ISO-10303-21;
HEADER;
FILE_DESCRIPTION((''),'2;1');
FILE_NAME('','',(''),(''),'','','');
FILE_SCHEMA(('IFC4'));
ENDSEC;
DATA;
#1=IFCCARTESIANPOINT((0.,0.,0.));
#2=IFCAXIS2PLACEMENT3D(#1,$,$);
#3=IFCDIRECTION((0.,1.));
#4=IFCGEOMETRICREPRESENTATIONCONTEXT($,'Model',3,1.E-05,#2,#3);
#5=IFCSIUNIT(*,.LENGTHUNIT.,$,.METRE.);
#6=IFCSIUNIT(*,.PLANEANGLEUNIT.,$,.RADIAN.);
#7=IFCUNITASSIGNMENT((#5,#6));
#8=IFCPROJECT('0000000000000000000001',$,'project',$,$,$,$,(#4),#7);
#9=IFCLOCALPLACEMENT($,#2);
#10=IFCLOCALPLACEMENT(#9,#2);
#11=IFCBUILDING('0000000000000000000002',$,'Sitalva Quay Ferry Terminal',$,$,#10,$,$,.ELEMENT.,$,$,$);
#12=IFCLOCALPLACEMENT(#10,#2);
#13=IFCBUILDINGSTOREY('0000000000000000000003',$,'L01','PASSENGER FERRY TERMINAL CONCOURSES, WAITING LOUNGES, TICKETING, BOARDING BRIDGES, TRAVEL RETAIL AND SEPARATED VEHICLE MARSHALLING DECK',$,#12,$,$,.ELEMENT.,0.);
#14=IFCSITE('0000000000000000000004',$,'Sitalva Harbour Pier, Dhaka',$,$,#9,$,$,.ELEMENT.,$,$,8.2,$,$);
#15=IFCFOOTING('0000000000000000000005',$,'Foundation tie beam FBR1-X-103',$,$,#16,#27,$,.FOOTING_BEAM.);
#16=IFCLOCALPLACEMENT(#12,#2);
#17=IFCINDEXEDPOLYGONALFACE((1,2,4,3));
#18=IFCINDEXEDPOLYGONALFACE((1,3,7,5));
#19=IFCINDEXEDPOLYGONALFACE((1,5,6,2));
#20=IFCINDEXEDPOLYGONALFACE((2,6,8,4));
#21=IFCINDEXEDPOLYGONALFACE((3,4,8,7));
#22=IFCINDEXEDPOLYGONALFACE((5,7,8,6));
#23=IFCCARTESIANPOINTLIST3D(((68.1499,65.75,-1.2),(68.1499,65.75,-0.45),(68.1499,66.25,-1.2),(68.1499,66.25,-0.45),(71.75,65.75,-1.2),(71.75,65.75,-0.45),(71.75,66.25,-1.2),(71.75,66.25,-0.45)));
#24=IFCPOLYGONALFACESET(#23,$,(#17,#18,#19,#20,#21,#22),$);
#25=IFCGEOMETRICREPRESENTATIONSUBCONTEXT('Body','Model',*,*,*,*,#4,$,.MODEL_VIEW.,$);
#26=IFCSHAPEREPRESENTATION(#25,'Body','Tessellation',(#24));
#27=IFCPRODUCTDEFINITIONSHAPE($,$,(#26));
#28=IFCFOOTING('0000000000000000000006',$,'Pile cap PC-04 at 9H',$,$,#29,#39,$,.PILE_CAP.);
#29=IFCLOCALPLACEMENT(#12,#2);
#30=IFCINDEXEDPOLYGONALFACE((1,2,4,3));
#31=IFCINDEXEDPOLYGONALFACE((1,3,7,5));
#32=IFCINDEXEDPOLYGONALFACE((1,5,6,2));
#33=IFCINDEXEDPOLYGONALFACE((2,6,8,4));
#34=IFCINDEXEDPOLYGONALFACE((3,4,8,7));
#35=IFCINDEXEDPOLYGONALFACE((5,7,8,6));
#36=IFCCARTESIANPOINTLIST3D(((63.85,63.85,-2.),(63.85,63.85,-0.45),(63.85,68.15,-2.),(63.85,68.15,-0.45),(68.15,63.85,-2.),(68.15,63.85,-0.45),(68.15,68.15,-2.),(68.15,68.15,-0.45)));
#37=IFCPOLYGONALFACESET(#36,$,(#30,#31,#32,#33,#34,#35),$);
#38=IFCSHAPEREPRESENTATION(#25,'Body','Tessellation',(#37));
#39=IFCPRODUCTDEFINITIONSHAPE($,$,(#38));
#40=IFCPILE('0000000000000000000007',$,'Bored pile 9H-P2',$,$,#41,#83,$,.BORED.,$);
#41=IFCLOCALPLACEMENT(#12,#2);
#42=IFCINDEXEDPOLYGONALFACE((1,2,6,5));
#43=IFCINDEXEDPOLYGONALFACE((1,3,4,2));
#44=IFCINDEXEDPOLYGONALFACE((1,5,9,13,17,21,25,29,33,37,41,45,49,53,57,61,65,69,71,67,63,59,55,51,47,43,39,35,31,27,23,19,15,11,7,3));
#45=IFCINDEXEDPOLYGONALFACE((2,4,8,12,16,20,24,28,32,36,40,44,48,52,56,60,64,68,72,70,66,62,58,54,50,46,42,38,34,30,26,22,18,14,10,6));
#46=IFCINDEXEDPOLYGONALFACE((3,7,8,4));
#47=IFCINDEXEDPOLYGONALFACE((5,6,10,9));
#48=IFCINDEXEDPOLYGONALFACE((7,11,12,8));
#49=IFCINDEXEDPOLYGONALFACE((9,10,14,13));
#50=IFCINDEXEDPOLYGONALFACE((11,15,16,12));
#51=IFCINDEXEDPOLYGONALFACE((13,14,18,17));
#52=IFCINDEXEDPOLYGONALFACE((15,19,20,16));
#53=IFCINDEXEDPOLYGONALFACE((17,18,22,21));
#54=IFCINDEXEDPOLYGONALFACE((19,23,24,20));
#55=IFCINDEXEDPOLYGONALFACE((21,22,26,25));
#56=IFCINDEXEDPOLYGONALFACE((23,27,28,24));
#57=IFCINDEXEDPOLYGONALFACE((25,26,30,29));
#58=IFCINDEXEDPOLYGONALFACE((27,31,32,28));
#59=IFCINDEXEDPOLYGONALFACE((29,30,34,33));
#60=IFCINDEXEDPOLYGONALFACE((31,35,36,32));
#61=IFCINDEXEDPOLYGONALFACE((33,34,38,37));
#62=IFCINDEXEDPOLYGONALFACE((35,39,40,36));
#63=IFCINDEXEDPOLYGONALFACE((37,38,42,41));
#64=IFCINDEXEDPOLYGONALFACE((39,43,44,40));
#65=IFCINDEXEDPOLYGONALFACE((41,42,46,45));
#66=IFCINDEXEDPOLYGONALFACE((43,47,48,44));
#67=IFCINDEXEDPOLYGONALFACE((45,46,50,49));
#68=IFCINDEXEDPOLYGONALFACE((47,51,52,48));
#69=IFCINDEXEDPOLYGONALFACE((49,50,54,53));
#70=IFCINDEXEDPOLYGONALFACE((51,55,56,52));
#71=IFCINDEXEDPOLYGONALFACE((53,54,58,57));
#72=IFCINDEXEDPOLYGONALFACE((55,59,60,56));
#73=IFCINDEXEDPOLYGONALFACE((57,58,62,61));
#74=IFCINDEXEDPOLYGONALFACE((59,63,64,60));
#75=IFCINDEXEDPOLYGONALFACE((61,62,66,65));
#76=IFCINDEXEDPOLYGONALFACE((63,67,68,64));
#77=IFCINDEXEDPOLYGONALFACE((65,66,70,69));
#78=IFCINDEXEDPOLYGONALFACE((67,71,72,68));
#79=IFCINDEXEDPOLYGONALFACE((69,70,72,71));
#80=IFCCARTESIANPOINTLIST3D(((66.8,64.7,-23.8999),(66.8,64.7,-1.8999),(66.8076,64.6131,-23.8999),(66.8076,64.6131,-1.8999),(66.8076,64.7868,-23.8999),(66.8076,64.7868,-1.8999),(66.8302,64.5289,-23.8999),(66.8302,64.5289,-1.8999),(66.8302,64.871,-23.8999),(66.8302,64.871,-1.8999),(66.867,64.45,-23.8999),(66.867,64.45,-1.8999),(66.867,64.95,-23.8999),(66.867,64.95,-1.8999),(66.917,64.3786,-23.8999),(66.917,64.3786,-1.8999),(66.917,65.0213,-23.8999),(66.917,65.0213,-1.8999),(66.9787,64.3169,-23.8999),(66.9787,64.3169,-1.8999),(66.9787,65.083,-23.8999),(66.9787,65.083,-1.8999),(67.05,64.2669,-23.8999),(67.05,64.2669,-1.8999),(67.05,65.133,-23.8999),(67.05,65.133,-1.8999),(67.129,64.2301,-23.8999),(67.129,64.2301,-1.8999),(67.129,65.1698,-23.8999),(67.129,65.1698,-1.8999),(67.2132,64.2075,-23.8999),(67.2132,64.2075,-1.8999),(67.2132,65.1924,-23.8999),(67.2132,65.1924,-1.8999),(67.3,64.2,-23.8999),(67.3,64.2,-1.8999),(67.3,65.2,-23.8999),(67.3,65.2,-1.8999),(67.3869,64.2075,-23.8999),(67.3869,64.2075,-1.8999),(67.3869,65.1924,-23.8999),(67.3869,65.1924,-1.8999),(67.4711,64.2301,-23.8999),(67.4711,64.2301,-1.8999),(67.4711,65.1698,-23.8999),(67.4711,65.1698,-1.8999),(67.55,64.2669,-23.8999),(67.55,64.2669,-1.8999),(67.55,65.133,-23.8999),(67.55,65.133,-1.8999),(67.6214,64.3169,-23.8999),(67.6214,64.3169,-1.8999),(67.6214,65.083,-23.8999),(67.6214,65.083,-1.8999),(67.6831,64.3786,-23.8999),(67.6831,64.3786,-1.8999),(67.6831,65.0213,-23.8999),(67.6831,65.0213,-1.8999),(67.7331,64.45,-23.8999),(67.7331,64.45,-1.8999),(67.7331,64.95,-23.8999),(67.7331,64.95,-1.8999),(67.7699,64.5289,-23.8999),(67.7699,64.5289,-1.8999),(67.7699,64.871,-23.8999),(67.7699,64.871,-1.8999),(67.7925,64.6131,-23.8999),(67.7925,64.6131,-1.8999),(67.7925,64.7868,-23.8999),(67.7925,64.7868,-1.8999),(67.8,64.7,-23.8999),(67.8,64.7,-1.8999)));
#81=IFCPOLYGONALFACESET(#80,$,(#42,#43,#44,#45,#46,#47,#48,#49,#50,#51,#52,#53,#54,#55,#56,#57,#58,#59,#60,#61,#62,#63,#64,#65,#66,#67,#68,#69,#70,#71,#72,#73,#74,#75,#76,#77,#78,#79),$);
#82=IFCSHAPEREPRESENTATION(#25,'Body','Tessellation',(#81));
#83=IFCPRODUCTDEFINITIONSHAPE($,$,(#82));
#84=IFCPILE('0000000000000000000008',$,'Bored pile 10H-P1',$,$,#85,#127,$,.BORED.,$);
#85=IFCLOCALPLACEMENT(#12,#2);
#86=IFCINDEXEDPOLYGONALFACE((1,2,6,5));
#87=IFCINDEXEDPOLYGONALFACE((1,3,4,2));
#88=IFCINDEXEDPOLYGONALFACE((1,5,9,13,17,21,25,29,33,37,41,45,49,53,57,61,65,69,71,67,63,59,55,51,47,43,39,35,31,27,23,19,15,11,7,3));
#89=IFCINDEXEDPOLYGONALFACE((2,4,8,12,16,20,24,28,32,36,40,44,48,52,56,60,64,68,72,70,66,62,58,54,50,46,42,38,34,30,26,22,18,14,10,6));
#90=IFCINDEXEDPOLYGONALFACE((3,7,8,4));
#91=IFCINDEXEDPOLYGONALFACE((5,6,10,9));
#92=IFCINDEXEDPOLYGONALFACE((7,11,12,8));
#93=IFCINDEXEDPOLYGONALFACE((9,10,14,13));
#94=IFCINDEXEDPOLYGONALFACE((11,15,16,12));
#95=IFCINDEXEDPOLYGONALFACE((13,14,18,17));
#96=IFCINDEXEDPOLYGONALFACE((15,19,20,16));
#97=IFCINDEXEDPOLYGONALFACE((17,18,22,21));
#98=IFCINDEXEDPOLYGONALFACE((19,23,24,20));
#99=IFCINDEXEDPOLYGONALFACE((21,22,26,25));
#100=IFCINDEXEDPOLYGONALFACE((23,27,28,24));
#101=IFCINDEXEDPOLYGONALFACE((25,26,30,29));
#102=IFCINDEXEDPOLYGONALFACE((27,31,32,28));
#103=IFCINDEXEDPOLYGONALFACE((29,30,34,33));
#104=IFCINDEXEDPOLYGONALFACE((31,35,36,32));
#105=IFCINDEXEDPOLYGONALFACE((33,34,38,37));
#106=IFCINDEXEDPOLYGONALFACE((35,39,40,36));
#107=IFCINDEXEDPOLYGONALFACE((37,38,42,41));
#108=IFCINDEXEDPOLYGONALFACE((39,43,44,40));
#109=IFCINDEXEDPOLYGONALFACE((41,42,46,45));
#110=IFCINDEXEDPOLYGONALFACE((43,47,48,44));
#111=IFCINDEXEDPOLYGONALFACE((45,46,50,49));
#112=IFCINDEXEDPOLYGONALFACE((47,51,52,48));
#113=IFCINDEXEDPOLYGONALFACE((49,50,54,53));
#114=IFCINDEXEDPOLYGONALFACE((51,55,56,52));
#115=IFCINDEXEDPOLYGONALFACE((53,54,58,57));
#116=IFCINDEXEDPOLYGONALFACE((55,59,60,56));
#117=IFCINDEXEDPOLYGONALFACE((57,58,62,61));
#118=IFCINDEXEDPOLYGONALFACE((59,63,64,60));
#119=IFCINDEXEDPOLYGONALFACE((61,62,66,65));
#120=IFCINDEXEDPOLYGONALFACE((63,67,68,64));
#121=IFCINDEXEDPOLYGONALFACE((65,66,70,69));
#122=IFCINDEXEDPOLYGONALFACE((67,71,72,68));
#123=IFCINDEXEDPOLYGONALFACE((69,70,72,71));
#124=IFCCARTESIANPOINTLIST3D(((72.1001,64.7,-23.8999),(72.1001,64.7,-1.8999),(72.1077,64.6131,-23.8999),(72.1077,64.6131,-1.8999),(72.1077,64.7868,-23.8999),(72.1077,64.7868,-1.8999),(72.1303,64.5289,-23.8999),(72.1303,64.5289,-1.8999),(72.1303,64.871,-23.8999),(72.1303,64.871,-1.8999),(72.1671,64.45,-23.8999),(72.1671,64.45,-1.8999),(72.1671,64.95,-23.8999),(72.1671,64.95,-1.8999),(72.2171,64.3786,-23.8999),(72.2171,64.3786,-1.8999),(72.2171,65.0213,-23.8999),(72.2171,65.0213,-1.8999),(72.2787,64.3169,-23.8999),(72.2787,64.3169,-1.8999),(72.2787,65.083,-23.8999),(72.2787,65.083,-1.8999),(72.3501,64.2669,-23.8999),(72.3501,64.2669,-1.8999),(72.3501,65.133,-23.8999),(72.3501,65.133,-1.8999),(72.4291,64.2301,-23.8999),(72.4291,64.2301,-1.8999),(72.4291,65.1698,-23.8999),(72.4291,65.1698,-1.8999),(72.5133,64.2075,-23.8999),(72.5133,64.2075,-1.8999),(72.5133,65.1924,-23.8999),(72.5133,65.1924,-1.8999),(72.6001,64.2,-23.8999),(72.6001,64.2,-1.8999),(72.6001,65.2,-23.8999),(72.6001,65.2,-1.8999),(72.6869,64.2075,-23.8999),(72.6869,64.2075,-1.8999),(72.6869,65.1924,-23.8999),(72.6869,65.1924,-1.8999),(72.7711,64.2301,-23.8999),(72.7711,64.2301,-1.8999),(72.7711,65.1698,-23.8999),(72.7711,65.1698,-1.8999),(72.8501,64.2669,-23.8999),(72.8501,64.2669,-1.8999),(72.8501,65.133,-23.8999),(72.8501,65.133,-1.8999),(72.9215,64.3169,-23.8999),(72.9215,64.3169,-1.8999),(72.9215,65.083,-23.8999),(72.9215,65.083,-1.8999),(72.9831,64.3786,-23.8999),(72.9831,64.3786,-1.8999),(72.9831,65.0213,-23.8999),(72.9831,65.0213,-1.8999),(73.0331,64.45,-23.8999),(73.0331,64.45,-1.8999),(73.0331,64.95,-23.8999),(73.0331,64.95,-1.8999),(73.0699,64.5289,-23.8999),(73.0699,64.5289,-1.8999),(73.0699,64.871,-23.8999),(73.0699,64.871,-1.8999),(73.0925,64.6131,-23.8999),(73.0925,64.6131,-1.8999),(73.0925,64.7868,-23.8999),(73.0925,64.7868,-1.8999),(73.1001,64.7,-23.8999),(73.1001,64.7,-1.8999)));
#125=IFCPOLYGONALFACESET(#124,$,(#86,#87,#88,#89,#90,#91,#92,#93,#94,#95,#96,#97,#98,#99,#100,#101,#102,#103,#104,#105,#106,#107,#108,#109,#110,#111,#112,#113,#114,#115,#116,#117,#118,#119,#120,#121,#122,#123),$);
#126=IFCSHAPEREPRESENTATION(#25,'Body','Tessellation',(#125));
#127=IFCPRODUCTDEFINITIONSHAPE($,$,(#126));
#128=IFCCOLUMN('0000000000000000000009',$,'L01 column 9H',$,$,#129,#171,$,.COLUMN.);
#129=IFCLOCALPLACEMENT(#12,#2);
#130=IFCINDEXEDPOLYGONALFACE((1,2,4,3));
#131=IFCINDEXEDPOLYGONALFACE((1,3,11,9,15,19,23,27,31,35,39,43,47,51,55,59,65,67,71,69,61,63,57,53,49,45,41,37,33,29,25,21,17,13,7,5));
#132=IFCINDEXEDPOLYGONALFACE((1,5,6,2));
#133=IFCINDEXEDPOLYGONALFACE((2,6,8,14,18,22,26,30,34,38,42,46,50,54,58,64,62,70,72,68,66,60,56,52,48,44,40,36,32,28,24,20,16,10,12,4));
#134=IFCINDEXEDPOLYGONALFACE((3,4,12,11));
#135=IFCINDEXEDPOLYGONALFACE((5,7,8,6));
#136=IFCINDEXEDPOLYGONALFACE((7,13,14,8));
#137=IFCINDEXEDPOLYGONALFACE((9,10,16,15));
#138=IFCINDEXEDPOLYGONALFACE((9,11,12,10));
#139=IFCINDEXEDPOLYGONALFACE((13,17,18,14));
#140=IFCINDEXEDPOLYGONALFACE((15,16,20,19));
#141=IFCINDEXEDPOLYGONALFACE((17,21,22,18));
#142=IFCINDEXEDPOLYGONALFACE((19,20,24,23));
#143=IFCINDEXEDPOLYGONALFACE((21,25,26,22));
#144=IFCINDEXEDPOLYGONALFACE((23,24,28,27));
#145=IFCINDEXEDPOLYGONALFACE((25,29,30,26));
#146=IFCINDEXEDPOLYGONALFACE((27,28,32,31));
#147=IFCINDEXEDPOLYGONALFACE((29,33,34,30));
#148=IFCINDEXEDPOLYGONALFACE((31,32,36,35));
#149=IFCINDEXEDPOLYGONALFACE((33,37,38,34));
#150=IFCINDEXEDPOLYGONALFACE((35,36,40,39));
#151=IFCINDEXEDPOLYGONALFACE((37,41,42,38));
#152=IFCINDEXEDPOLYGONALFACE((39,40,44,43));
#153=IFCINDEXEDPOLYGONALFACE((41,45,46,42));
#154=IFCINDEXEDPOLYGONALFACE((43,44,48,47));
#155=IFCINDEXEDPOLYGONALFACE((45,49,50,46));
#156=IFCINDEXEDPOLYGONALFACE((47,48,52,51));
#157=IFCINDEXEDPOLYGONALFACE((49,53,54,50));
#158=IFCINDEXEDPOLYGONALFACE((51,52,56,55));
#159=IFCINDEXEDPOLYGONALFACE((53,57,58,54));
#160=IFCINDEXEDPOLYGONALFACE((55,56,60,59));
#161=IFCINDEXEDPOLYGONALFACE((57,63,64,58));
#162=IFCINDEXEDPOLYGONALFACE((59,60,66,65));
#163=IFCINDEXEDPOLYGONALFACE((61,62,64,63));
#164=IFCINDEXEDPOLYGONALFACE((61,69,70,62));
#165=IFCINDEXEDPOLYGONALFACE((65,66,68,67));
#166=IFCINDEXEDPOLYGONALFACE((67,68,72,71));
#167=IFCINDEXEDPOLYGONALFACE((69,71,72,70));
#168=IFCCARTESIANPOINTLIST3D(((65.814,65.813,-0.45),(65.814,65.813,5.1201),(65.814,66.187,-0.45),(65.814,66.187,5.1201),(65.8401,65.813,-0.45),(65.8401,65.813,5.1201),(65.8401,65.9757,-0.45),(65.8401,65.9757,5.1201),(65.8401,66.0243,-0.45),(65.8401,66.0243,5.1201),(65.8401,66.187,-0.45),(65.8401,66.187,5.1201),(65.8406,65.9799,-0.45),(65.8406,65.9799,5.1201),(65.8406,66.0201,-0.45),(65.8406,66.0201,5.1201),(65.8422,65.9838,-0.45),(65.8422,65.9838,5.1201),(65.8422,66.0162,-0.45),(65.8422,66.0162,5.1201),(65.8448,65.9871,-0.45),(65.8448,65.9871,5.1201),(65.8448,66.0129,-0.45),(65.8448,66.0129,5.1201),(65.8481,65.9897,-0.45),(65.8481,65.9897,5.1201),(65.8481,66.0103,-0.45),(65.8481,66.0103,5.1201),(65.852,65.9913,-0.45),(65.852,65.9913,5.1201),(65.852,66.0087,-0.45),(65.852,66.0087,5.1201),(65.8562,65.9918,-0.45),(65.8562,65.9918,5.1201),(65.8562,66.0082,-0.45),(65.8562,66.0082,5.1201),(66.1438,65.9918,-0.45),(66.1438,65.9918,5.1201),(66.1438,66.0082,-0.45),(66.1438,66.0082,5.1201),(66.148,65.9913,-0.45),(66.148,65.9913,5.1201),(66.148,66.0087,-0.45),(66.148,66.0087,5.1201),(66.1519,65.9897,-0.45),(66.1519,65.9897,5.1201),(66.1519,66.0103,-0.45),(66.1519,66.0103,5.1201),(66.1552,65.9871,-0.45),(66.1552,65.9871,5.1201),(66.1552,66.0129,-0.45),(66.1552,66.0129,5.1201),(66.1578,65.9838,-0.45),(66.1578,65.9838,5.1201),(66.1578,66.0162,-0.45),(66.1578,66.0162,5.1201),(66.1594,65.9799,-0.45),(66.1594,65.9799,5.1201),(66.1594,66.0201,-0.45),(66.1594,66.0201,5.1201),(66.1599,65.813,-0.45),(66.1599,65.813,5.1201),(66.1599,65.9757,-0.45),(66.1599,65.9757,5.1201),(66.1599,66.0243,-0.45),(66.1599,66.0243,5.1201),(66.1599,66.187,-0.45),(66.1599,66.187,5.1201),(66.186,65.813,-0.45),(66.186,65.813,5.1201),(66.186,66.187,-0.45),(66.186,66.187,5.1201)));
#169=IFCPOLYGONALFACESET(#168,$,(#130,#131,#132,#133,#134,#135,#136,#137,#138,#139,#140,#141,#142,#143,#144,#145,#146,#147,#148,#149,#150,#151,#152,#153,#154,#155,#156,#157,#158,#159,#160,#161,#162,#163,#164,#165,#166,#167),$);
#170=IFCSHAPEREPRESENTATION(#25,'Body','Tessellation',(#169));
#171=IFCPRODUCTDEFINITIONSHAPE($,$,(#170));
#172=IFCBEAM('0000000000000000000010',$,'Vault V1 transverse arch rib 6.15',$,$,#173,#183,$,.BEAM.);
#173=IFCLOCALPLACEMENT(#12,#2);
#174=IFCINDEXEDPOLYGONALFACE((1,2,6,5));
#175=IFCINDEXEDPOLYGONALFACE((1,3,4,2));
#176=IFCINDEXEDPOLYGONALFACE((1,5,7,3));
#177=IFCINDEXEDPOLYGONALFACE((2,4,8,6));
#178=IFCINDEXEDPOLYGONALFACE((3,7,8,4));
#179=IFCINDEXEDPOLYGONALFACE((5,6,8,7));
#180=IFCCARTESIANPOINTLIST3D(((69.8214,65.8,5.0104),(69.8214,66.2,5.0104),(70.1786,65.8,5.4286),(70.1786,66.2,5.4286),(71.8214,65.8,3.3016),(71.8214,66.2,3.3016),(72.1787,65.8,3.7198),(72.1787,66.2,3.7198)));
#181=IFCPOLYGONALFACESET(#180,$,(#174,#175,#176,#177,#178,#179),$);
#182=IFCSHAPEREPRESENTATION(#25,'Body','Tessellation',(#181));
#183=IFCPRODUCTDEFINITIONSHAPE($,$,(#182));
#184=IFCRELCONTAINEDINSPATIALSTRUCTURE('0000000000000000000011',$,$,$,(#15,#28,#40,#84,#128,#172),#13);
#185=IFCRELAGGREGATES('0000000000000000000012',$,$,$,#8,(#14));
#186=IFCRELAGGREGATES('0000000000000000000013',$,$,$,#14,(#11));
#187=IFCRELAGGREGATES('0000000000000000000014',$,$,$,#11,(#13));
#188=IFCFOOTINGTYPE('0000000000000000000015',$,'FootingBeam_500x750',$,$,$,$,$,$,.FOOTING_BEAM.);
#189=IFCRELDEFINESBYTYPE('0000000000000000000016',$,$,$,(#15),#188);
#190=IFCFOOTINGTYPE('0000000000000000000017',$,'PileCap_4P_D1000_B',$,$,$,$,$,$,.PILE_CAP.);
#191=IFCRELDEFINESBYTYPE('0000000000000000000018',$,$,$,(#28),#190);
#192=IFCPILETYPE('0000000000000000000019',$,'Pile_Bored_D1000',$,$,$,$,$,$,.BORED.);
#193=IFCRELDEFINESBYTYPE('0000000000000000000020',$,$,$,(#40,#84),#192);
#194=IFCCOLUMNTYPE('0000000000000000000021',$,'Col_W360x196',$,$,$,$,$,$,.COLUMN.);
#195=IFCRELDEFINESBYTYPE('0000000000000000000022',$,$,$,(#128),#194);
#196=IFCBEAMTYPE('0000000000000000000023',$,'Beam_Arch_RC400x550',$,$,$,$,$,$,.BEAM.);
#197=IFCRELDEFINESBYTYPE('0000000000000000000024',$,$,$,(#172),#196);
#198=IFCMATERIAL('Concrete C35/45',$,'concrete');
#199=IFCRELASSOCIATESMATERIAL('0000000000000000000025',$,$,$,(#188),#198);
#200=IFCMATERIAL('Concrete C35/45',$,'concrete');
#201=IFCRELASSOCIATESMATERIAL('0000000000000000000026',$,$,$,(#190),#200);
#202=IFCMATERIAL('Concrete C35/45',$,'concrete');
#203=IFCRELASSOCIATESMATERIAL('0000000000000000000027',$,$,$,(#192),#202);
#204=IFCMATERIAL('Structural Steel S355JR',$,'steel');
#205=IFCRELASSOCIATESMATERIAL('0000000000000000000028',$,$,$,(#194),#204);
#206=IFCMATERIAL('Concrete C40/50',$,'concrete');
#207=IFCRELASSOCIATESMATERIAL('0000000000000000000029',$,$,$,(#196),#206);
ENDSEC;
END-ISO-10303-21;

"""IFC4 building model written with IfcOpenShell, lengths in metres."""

from ifc_helpers import new_model, si_unit, direction, frame, origin, origin_2d, place, context, subcontext, project, spatial, rectangle, circle, i_section, extrude, material, material_profile, profile_set, type_object, element, save


model = new_model("IFC4")

# Units and contexts
model_context = context("Model", 3, precision=1e-05, world=origin(), true_north=direction((0.0, 1.0)))
body_context = subcontext(model_context, "Body", "Model", "MODEL_VIEW")
ifc_project = project(units=[si_unit("LENGTHUNIT", "METRE"), si_unit("PLANEANGLEUNIT", "RADIAN")], contexts=[model_context])

# Site, building, storey
site_placement = place(None, origin())
site = spatial("IfcSite", under=ifc_project, at=site_placement, Name="Sitalva Harbour Pier, Dhaka", CompositionType="ELEMENT", RefElevation=8.2)
building_placement = place(site_placement, origin())
building = spatial("IfcBuilding", under=site, at=building_placement, Name="Sitalva Quay Ferry Terminal", CompositionType="ELEMENT")
storey_placement = place(building_placement, origin())
storey = spatial("IfcBuildingStorey", under=building, at=storey_placement, Name="L01", Description="PASSENGER FERRY TERMINAL CONCOURSES, WAITING LOUNGES, TICKETING, BOARDING BRIDGES, TRAVEL RETAIL AND SEPARATED VEHICLE MARSHALLING DECK", CompositionType="ELEMENT", Elevation=0.0)

# Footings
ifc_material_1 = material(Name="Concrete C35/45", Category="concrete")
ifc_material_profile_1 = material_profile(ifc_material_1, rectangle(XDim=0.5, YDim=0.75, at=origin_2d()), Name="RC500x750")
ifc_profile_set_1 = profile_set([ifc_material_profile_1], Name="Concrete C35/45")
footing_type_1 = type_object("IfcFootingType", Name="FootingBeam_500x750", PredefinedType="FOOTING_BEAM", material=ifc_profile_set_1)
footing_1_placement = place(storey_placement, frame((68.1499, 66.0, -0.825), z_axis=(1.0, 0.0, 0.0), x_axis=(0.0, 1.0, 0.0)))
element("IfcFooting", 1, at=footing_1_placement, inside=storey, type_object=footing_type_1, Name="Foundation tie beam FBR1-X-103", PredefinedType="FOOTING_BEAM", context=body_context, shape_type="SweptSolid", body=[
    extrude(rectangle(XDim=0.5, YDim=0.75, at=origin_2d()), origin(), (0.0, 0.0, 1.0), 3.6001),
])
ifc_material_2 = material(Name="Concrete C35/45", Category="concrete")
footing_type_2 = type_object("IfcFootingType", Name="PileCap_4P_D1000_B", PredefinedType="PILE_CAP", material=ifc_material_2)
footing_2_placement = place(storey_placement, frame((66.0, 66.0, -2.0), z_axis=(0.0, 0.0, 1.0), x_axis=(1.0, 0.0, 0.0)))
element("IfcFooting", 2, at=footing_2_placement, inside=storey, type_object=footing_type_2, Name="Pile cap PC-04 at 9H", PredefinedType="PILE_CAP", context=body_context, shape_type="SweptSolid", body=[
    extrude(rectangle(XDim=4.3, YDim=4.3, at=origin_2d()), origin(), (0.0, 0.0, 1.0), 1.55),
])

# Piles
ifc_material_3 = material(Name="Concrete C35/45", Category="concrete")
ifc_material_profile_2 = material_profile(ifc_material_3, circle(Radius=0.5, at=origin_2d()), Name="PILE-D1000")
ifc_profile_set_2 = profile_set([ifc_material_profile_2], Name="Concrete C35/45")
pile_type = type_object("IfcPileType", Name="Pile_Bored_D1000", PredefinedType="BORED", material=ifc_profile_set_2)
for number, where, z_axis, x_axis, name in (
    (3, (67.3, 64.7, -1.8999), (0.0, 0.0, -1.0), (1.0, 0.0, 0.0), "Bored pile 9H-P2"),
    (4, (72.6001, 64.7, -1.8999), (0.0, 0.0, -1.0), (1.0, 0.0, 0.0), "Bored pile 10H-P1"),
):
    element("IfcPile", number, at=place(storey_placement, frame(where, z_axis=z_axis, x_axis=x_axis)), inside=storey, type_object=pile_type, Name=name, PredefinedType="BORED", context=body_context, shape_type="SweptSolid", body=[
        extrude(circle(Radius=0.5, at=origin_2d()), origin(), (0.0, 0.0, 1.0), 22.0),
    ])

# Column
ifc_material_4 = material(Name="Structural Steel S355JR", Category="steel")
ifc_material_profile_3 = material_profile(ifc_material_4, i_section(OverallWidth=0.374, OverallDepth=0.3721, WebThickness=0.0164, FlangeThickness=0.0261, FilletRadius=0.0161, at=origin_2d()), Name="W360x196")
ifc_profile_set_3 = profile_set([ifc_material_profile_3], Name="Structural Steel S355JR")
column_type = type_object("IfcColumnType", Name="Col_W360x196", PredefinedType="COLUMN", material=ifc_profile_set_3)
column_placement = place(storey_placement, frame((66.0, 66.0, -0.45), z_axis=(0.0, 0.0, 1.0), x_axis=(0.0, 1.0, 0.0)))
element("IfcColumn", 5, at=column_placement, inside=storey, type_object=column_type, Name="L01 column 9H", PredefinedType="COLUMN", context=body_context, shape_type="SweptSolid", body=[
    extrude(i_section(OverallWidth=0.374, OverallDepth=0.3721, WebThickness=0.0164, FlangeThickness=0.0261, FilletRadius=0.0161, at=origin_2d()), origin(), (0.0, 0.0, 1.0), 5.5701),
])

# Beam
ifc_material_5 = material(Name="Concrete C40/50", Category="concrete")
ifc_material_profile_4 = material_profile(ifc_material_5, rectangle(XDim=0.3999, YDim=0.55, at=origin_2d()), Name="RC400x550")
ifc_profile_set_4 = profile_set([ifc_material_profile_4], Name="Concrete C40/50")
beam_type_1 = type_object("IfcBeamType", Name="Beam_Arch_RC400x550", PredefinedType="BEAM", material=ifc_profile_set_4)
beam_1_placement = place(storey_placement, frame((70.0, 66.0, 5.2195), z_axis=(0.760297, 0.0, -0.649575), x_axis=(0.0, 1.0, 0.0)))
element("IfcBeam", 6, at=beam_1_placement, inside=storey, type_object=beam_type_1, Name="Vault V1 transverse arch rib 6.15", PredefinedType="BEAM", context=body_context, shape_type="SweptSolid", body=[
    extrude(rectangle(XDim=0.3999, YDim=0.55, at=origin_2d()), origin(), (0.0, 0.0, 1.0), 2.6306),
])

save(model, "model.ifc")
